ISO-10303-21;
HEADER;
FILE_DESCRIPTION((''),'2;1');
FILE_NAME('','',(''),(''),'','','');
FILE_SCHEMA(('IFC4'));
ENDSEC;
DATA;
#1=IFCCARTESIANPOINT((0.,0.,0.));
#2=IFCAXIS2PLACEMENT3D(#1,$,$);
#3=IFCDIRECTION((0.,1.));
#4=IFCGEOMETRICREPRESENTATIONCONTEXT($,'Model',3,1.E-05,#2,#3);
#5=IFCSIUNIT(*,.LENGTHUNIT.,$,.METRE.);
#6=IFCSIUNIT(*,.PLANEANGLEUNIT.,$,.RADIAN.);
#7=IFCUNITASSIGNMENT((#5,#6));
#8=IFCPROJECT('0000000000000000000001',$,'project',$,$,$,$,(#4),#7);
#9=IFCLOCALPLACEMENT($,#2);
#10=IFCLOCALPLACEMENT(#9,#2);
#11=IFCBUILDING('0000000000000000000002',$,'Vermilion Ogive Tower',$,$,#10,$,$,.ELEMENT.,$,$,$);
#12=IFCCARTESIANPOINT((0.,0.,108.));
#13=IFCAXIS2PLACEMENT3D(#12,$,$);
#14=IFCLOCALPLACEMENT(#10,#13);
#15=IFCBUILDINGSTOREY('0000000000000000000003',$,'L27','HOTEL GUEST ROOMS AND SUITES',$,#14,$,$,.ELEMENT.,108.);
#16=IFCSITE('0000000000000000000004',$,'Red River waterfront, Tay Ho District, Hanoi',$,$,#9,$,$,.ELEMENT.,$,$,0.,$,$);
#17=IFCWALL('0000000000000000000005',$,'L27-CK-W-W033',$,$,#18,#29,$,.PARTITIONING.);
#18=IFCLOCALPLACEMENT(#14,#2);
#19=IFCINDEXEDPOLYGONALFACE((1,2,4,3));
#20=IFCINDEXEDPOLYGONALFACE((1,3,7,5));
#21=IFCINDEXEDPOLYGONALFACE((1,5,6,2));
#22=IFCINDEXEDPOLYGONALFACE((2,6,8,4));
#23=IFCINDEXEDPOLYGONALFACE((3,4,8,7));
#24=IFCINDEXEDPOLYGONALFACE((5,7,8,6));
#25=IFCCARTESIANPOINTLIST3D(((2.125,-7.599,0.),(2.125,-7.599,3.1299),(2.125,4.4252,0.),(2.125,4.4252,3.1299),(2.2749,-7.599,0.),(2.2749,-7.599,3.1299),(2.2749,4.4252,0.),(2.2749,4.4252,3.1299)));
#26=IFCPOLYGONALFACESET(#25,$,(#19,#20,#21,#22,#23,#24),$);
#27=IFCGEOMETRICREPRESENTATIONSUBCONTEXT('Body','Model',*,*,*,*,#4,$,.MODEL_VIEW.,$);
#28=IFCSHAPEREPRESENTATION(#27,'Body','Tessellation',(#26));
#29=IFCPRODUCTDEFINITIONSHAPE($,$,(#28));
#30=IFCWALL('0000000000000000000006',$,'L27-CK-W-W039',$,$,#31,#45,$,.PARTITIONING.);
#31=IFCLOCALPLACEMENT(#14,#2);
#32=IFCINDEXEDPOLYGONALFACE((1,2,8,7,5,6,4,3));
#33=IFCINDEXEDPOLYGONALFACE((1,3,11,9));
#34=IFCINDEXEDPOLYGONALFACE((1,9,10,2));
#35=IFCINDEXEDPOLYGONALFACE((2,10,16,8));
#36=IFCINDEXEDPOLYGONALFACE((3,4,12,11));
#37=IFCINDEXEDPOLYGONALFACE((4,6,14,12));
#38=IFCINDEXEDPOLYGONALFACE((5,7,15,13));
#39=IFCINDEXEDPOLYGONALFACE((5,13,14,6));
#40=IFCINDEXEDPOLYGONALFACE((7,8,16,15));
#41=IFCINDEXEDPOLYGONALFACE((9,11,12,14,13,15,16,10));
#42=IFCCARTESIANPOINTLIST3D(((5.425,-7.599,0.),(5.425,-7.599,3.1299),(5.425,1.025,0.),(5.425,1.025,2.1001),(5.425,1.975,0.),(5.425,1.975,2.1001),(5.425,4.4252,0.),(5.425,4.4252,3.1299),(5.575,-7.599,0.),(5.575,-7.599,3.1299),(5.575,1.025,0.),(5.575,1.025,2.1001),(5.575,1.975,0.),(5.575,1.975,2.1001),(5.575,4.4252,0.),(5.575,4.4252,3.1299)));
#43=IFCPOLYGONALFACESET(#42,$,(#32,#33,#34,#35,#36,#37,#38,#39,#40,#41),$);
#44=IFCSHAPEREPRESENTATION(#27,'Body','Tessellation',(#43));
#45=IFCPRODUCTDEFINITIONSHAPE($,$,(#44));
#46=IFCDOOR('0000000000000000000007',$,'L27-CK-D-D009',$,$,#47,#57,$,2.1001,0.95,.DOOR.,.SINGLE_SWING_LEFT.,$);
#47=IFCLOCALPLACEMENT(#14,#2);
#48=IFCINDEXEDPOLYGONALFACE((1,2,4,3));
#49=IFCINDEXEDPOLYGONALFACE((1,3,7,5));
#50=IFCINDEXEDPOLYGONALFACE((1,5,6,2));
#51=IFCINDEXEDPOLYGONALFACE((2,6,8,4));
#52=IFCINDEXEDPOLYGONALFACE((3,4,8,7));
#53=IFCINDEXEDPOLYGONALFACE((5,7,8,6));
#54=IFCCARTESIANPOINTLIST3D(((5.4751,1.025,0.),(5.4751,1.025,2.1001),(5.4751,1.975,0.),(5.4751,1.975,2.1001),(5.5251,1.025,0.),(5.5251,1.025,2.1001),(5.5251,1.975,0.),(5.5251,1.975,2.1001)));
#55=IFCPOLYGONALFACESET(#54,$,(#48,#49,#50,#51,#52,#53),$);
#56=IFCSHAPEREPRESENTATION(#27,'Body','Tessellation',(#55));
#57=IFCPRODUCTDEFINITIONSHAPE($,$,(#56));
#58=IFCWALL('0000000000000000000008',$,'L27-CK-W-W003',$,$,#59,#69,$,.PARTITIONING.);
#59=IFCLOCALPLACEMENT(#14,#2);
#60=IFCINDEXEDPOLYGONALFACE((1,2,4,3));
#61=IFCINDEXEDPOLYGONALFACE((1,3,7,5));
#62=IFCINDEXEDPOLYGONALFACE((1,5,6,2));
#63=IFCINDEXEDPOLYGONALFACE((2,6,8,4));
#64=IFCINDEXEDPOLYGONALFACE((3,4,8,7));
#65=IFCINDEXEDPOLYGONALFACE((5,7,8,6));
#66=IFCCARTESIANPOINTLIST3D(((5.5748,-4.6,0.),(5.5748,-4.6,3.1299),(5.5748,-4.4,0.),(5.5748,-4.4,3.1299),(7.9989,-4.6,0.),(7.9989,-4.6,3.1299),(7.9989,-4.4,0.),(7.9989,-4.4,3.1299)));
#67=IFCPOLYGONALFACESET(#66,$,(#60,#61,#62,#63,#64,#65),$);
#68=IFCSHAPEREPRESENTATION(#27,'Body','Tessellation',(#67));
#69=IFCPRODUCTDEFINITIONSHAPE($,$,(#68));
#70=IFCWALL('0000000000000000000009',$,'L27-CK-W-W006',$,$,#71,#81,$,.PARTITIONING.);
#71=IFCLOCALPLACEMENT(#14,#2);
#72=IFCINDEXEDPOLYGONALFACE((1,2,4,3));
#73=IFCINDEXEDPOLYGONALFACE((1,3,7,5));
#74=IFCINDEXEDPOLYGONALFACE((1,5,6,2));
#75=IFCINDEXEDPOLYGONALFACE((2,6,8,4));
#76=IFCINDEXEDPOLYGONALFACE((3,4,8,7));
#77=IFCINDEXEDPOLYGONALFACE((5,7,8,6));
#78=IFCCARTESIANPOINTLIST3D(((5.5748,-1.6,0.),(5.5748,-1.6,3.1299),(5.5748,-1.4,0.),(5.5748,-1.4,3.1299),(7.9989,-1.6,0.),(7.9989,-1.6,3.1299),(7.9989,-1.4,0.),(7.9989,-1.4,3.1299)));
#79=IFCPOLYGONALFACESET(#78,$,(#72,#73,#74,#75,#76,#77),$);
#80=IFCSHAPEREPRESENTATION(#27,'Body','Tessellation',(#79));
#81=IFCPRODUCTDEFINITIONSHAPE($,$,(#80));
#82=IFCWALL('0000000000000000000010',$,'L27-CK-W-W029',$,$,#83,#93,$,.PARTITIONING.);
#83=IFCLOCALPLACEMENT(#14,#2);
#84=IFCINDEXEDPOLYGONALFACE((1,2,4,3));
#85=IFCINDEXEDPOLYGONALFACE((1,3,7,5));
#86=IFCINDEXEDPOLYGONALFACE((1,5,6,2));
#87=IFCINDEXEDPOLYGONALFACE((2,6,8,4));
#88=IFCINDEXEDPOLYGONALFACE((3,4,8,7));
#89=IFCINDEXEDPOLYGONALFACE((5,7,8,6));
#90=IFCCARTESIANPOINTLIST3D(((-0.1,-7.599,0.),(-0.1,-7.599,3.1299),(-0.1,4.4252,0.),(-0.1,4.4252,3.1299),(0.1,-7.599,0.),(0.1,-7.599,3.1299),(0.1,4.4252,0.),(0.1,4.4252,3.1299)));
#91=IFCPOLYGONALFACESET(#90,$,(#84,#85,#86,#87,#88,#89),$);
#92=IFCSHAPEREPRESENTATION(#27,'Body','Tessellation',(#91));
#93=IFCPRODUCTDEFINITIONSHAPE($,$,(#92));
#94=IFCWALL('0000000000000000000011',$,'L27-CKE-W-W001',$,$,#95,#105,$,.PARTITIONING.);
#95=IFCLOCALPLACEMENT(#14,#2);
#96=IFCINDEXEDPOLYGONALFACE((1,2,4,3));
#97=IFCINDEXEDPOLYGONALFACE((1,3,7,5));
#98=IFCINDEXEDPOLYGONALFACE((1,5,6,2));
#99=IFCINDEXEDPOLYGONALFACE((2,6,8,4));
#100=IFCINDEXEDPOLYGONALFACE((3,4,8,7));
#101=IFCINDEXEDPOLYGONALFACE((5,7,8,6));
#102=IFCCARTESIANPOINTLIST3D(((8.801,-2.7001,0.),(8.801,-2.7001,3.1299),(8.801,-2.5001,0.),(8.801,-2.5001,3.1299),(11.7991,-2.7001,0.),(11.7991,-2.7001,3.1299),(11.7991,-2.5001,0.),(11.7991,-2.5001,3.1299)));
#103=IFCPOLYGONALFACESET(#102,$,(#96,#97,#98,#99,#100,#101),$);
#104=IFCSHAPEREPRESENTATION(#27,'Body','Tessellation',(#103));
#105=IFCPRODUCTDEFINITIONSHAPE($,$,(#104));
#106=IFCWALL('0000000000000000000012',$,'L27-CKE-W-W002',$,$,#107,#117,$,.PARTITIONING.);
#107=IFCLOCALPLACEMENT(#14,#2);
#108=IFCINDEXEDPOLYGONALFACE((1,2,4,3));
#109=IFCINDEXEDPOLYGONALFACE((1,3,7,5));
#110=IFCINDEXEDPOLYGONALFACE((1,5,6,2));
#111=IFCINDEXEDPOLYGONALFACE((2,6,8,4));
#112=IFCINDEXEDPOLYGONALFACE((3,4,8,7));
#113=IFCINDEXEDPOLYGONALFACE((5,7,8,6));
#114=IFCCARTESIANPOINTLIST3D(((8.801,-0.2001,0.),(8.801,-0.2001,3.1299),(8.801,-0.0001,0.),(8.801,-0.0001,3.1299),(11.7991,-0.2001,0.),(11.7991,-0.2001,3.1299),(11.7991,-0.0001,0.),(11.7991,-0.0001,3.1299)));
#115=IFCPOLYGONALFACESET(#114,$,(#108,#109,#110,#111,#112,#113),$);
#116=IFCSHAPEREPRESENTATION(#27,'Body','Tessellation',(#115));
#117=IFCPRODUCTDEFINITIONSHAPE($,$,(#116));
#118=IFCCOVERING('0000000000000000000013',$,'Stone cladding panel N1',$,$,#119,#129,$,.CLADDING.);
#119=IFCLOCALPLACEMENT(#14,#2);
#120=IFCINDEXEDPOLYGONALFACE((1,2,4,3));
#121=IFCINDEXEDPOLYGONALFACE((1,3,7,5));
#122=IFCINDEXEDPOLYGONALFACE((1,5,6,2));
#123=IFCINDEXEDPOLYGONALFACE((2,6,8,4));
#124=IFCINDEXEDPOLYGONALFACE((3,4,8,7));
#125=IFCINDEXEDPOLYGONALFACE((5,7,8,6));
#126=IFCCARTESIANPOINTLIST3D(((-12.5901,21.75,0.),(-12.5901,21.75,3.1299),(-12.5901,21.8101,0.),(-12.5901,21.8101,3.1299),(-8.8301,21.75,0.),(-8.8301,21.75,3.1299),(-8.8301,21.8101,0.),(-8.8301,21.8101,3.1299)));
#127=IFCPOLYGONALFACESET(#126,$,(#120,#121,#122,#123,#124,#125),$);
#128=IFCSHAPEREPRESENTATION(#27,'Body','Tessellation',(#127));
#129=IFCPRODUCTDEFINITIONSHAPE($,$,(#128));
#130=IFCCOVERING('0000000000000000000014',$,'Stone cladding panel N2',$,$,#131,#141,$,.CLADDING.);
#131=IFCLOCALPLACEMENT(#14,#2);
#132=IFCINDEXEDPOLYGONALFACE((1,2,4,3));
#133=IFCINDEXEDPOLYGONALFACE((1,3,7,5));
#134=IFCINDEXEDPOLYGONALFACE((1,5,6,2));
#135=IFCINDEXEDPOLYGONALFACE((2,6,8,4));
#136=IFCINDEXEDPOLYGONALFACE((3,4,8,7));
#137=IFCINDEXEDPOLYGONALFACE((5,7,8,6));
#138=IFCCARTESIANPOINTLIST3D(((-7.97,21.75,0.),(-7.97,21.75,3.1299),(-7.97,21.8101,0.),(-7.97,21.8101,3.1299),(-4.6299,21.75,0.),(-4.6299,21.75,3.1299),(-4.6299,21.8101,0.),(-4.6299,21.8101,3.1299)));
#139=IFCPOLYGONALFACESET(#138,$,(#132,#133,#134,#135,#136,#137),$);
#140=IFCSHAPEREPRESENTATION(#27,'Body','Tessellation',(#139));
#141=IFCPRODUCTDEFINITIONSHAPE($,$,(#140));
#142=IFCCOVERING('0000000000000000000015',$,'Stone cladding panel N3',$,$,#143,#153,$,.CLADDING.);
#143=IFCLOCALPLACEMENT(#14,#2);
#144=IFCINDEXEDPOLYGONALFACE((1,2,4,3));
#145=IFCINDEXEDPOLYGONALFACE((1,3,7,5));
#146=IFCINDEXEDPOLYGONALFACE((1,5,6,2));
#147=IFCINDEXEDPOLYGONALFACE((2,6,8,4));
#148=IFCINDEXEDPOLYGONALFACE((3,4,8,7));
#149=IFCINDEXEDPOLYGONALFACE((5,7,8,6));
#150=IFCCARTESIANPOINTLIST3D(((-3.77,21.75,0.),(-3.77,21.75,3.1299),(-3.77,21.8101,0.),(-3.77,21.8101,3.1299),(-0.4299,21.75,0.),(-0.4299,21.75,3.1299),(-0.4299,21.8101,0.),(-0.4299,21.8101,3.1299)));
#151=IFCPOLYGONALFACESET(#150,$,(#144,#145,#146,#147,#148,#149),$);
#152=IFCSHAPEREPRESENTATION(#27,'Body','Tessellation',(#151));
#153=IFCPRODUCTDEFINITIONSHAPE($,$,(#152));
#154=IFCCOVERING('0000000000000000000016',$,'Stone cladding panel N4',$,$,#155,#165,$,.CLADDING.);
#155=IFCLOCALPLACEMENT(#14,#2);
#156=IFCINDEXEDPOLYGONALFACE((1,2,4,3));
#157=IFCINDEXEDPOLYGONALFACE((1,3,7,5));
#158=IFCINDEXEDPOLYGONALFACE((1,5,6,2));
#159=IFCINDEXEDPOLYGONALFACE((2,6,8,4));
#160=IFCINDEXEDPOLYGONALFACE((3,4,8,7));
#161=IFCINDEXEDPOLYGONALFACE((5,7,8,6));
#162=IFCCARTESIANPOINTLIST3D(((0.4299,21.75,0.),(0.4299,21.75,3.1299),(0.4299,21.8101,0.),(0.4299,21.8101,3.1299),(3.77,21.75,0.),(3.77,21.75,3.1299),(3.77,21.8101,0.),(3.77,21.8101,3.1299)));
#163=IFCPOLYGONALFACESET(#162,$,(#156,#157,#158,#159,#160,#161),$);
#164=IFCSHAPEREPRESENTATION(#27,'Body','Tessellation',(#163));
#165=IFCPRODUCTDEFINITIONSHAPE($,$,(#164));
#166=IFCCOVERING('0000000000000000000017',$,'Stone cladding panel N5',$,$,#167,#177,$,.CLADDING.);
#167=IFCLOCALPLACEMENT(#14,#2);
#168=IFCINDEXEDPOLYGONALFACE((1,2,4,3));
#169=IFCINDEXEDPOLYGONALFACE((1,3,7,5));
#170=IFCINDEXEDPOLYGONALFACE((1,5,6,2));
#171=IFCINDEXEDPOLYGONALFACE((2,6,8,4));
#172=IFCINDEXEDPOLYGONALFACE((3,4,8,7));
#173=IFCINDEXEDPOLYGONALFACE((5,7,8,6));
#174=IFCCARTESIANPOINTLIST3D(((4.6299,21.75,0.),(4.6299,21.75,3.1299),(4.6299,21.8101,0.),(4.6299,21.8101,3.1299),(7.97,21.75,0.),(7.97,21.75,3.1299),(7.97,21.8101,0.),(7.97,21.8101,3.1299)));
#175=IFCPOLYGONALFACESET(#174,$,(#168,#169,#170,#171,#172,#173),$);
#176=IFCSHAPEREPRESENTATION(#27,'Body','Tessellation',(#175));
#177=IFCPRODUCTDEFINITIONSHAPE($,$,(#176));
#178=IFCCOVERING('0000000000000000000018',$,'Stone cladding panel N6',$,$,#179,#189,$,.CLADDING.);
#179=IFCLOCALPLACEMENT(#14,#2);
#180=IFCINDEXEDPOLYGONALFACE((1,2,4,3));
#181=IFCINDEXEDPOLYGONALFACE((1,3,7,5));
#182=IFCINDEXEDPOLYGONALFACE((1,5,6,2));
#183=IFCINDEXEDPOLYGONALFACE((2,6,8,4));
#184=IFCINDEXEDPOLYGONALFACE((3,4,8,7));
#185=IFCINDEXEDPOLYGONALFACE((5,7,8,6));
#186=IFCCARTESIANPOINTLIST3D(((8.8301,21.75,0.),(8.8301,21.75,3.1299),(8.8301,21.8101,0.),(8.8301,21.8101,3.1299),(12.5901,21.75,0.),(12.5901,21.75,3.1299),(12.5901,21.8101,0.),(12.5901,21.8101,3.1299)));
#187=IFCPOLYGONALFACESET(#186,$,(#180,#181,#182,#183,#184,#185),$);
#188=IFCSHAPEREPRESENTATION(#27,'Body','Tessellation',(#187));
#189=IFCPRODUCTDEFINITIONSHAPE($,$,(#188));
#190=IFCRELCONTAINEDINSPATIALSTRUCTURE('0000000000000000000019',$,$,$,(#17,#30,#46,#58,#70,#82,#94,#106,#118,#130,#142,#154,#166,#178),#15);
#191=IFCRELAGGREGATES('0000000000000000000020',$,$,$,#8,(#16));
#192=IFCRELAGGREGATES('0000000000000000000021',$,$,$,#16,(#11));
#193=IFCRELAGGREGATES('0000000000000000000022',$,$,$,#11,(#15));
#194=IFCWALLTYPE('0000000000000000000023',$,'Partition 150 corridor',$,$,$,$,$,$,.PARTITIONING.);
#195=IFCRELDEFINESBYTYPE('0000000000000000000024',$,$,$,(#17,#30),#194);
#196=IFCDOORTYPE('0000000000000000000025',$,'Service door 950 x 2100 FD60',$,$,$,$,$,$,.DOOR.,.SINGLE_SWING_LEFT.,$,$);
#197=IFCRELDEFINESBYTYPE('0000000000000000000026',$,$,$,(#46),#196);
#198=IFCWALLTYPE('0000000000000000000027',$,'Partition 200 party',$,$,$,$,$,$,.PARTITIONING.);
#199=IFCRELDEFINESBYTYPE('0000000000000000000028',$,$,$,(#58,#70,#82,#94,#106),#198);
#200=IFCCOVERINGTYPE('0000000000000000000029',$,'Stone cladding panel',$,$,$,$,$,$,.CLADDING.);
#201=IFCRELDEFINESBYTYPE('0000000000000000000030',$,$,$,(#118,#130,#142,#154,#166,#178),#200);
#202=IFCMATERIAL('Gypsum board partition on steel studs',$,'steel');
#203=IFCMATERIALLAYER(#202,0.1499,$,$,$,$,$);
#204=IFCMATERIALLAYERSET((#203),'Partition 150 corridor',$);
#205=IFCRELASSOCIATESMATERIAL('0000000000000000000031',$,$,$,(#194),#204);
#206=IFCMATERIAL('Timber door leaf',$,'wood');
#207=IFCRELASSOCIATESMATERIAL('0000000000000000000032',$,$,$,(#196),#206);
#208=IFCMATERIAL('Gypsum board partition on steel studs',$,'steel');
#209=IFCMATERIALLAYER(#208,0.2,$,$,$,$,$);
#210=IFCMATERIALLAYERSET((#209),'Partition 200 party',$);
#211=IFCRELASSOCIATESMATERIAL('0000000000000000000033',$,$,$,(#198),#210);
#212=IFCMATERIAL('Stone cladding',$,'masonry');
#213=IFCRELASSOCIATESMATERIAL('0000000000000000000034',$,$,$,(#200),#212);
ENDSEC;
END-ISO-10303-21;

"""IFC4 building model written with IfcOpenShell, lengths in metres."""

from ifc_helpers import new_model, si_unit, direction, frame, frame_2d, origin, place, context, subcontext, project, spatial, polyline, rectangle, outline, extrude, material, layer, layer_set, type_object, element, fill, save


model = new_model("IFC4")

# Units and contexts
model_context = context("Model", 3, precision=1e-05, world=origin(), true_north=direction((0.0, 1.0)))
body_context = subcontext(model_context, "Body", "Model", "MODEL_VIEW")
ifc_project = project(units=[si_unit("LENGTHUNIT", "METRE"), si_unit("PLANEANGLEUNIT", "RADIAN")], contexts=[model_context])

# Site, building, storey
site_placement = place(None, origin())
site = spatial("IfcSite", under=ifc_project, at=site_placement, Name="Red River waterfront, Tay Ho District, Hanoi", CompositionType="ELEMENT", RefElevation=0.0)
building_placement = place(site_placement, origin())
building = spatial("IfcBuilding", under=site, at=building_placement, Name="Vermilion Ogive Tower", CompositionType="ELEMENT")
storey_placement = place(building_placement, frame((0.0, 0.0, 108.0)))
storey = spatial("IfcBuildingStorey", under=building, at=storey_placement, Name="L27", Description="HOTEL GUEST ROOMS AND SUITES", CompositionType="ELEMENT", Elevation=108.0)

# Wall
ifc_material_1 = material(Name="Gypsum board partition on steel studs", Category="steel")
ifc_layer_1 = layer(ifc_material_1, 0.1499)
ifc_layer_set_1 = layer_set([ifc_layer_1], Name="Partition 150 corridor")
wall_type_1 = type_object("IfcWallType", Name="Partition 150 corridor", PredefinedType="PARTITIONING", material=ifc_layer_set_1)
wall_1_placement = place(storey_placement, frame((2.2, -7.5991, 0.0), z_axis=(0.0, 0.0, 1.0), x_axis=(0.0, 1.0, 0.0)))
element("IfcWall", 1, at=wall_1_placement, inside=storey, type_object=wall_type_1, Name="L27-CK-W-W033", PredefinedType="PARTITIONING", context=body_context, shape_type="SweptSolid", body=[
    extrude(rectangle(XDim=12.0242, YDim=0.1499, at=frame_2d((6.0122, 0.0))), origin(), (0.0, 0.0, 1.0), 3.1299),
])

# Wall, opening, door
wall_2_placement = place(storey_placement, frame((5.5, -7.5991, 0.0), z_axis=(0.0, 0.0, 1.0), x_axis=(0.0, 1.0, 0.0)))
wall_2 = element("IfcWall", 2, at=wall_2_placement, inside=storey, type_object=wall_type_1, Name="L27-CK-W-W039", PredefinedType="PARTITIONING", context=body_context, shape_type="SweptSolid", body=[
    extrude(rectangle(XDim=12.0242, YDim=0.1499, at=frame_2d((6.0122, 0.0))), origin(), (0.0, 0.0, 1.0), 3.1299),
])
opening_placement = place(wall_2_placement, frame((8.624, 0.0, 0.0)))
opening = element("IfcOpeningElement", 3, at=opening_placement, cuts=wall_2, PredefinedType="OPENING", context=body_context, shape_type="SweptSolid", body=[
    extrude(rectangle(XDim=0.95, YDim=2.1001, at=frame_2d((0.4751, 1.05))), frame((0.0, 0.085, 0.0), z_axis=(0.0, -1.0, 0.0), x_axis=(1.0, 0.0, 0.0)), (0.0, 0.0, 1.0), 0.1699),
])
ifc_material_2 = material(Name="Timber door leaf", Category="wood")
door_type = type_object("IfcDoorType", Name="Service door 950 x 2100 FD60", OperationType="SINGLE_SWING_LEFT", PredefinedType="DOOR", material=ifc_material_2)
door_placement = place(opening_placement, origin())
door = element("IfcDoor", 4, at=door_placement, inside=storey, type_object=door_type, Name="L27-CK-D-D009", OperationType="SINGLE_SWING_LEFT", OverallHeight=2.1001, OverallWidth=0.95, PredefinedType="DOOR", context=body_context, shape_type="SweptSolid", body=[
    extrude(rectangle(XDim=0.95, YDim=2.1001, at=frame_2d((0.4751, 1.05))), frame((0.0, 0.0249, 0.0), z_axis=(0.0, -1.0, 0.0), x_axis=(1.0, 0.0, 0.0)), (0.0, 0.0, 1.0), 0.05),
])
fill(opening, door)

# Walls
ifc_material_3 = material(Name="Gypsum board partition on steel studs", Category="steel")
ifc_layer_2 = layer(ifc_material_3, 0.2)
ifc_layer_set_2 = layer_set([ifc_layer_2], Name="Partition 200 party")
wall_type_2 = type_object("IfcWallType", Name="Partition 200 party", PredefinedType="PARTITIONING", material=ifc_layer_set_2)
for number, where, z_axis, x_axis, name in (
    (5, (5.575, -4.5, 0.0), (0.0, 0.0, 1.0), (1.0, 0.0, 0.0), "L27-CK-W-W003"),
    (6, (5.575, -1.5, 0.0), (0.0, 0.0, 1.0), (1.0, 0.0, 0.0), "L27-CK-W-W006"),
):
    element("IfcWall", number, at=place(storey_placement, frame(where, z_axis=z_axis, x_axis=x_axis)), inside=storey, type_object=wall_type_2, Name=name, PredefinedType="PARTITIONING", context=body_context, shape_type="SweptSolid", body=[
        extrude(rectangle(XDim=2.4241, YDim=0.2, at=frame_2d((1.2119, 0.0))), origin(), (0.0, 0.0, 1.0), 3.1299),
    ])
wall_3_placement = place(storey_placement, frame((0.0, -7.5991, 0.0), z_axis=(0.0, 0.0, 1.0), x_axis=(0.0, 1.0, 0.0)))
element("IfcWall", 7, at=wall_3_placement, inside=storey, type_object=wall_type_2, Name="L27-CK-W-W029", PredefinedType="PARTITIONING", context=body_context, shape_type="SweptSolid", body=[
    extrude(rectangle(XDim=12.0242, YDim=0.2, at=frame_2d((6.0122, 0.0))), origin(), (0.0, 0.0, 1.0), 3.1299),
])
for number, where, z_axis, x_axis, name in (
    (8, (8.801, -2.6001, 0.0), (0.0, 0.0, 1.0), (1.0, 0.0, 0.0), "L27-CKE-W-W001"),
    (9, (8.801, -0.1001, 0.0), (0.0, 0.0, 1.0), (1.0, 0.0, 0.0), "L27-CKE-W-W002"),
):
    element("IfcWall", number, at=place(storey_placement, frame(where, z_axis=z_axis, x_axis=x_axis)), inside=storey, type_object=wall_type_2, Name=name, PredefinedType="PARTITIONING", context=body_context, shape_type="SweptSolid", body=[
        extrude(rectangle(XDim=2.998, YDim=0.2, at=frame_2d((1.499, 0.0))), origin(), (0.0, 0.0, 1.0), 3.1299),
    ])

# Coverings
ifc_material_4 = material(Name="Stone cladding", Category="masonry")
covering_type_1 = type_object("IfcCoveringType", Name="Stone cladding panel", PredefinedType="CLADDING", material=ifc_material_4)
covering_1_placement = place(storey_placement, origin())
element("IfcCovering", 10, at=covering_1_placement, inside=storey, type_object=covering_type_1, Name="Stone cladding panel N1", PredefinedType="CLADDING", context=body_context, shape_type="SweptSolid", body=[
    extrude(outline(polyline([(-12.5901, 21.75), (-8.8301, 21.75), (-8.8301, 21.8101), (-12.5901, 21.8101), (-12.5901, 21.75)])), origin(), (0.0, 0.0, 1.0), 3.1299),
])
covering_2_placement = place(storey_placement, origin())
element("IfcCovering", 11, at=covering_2_placement, inside=storey, type_object=covering_type_1, Name="Stone cladding panel N2", PredefinedType="CLADDING", context=body_context, shape_type="SweptSolid", body=[
    extrude(outline(polyline([(-7.97, 21.75), (-4.6299, 21.75), (-4.6299, 21.8101), (-7.97, 21.8101), (-7.97, 21.75)])), origin(), (0.0, 0.0, 1.0), 3.1299),
])
covering_3_placement = place(storey_placement, origin())
element("IfcCovering", 12, at=covering_3_placement, inside=storey, type_object=covering_type_1, Name="Stone cladding panel N3", PredefinedType="CLADDING", context=body_context, shape_type="SweptSolid", body=[
    extrude(outline(polyline([(-3.77, 21.75), (-0.4299, 21.75), (-0.4299, 21.8101), (-3.77, 21.8101), (-3.77, 21.75)])), origin(), (0.0, 0.0, 1.0), 3.1299),
])
covering_4_placement = place(storey_placement, origin())
element("IfcCovering", 13, at=covering_4_placement, inside=storey, type_object=covering_type_1, Name="Stone cladding panel N4", PredefinedType="CLADDING", context=body_context, shape_type="SweptSolid", body=[
    extrude(outline(polyline([(0.4299, 21.75), (3.77, 21.75), (3.77, 21.8101), (0.4299, 21.8101), (0.4299, 21.75)])), origin(), (0.0, 0.0, 1.0), 3.1299),
])
covering_5_placement = place(storey_placement, origin())
element("IfcCovering", 14, at=covering_5_placement, inside=storey, type_object=covering_type_1, Name="Stone cladding panel N5", PredefinedType="CLADDING", context=body_context, shape_type="SweptSolid", body=[
    extrude(outline(polyline([(4.6299, 21.75), (7.97, 21.75), (7.97, 21.8101), (4.6299, 21.8101), (4.6299, 21.75)])), origin(), (0.0, 0.0, 1.0), 3.1299),
])
covering_6_placement = place(storey_placement, origin())
element("IfcCovering", 15, at=covering_6_placement, inside=storey, type_object=covering_type_1, Name="Stone cladding panel N6", PredefinedType="CLADDING", context=body_context, shape_type="SweptSolid", body=[
    extrude(outline(polyline([(8.8301, 21.75), (12.5901, 21.75), (12.5901, 21.8101), (8.8301, 21.8101), (8.8301, 21.75)])), origin(), (0.0, 0.0, 1.0), 3.1299),
])

save(model, "model.ifc")
